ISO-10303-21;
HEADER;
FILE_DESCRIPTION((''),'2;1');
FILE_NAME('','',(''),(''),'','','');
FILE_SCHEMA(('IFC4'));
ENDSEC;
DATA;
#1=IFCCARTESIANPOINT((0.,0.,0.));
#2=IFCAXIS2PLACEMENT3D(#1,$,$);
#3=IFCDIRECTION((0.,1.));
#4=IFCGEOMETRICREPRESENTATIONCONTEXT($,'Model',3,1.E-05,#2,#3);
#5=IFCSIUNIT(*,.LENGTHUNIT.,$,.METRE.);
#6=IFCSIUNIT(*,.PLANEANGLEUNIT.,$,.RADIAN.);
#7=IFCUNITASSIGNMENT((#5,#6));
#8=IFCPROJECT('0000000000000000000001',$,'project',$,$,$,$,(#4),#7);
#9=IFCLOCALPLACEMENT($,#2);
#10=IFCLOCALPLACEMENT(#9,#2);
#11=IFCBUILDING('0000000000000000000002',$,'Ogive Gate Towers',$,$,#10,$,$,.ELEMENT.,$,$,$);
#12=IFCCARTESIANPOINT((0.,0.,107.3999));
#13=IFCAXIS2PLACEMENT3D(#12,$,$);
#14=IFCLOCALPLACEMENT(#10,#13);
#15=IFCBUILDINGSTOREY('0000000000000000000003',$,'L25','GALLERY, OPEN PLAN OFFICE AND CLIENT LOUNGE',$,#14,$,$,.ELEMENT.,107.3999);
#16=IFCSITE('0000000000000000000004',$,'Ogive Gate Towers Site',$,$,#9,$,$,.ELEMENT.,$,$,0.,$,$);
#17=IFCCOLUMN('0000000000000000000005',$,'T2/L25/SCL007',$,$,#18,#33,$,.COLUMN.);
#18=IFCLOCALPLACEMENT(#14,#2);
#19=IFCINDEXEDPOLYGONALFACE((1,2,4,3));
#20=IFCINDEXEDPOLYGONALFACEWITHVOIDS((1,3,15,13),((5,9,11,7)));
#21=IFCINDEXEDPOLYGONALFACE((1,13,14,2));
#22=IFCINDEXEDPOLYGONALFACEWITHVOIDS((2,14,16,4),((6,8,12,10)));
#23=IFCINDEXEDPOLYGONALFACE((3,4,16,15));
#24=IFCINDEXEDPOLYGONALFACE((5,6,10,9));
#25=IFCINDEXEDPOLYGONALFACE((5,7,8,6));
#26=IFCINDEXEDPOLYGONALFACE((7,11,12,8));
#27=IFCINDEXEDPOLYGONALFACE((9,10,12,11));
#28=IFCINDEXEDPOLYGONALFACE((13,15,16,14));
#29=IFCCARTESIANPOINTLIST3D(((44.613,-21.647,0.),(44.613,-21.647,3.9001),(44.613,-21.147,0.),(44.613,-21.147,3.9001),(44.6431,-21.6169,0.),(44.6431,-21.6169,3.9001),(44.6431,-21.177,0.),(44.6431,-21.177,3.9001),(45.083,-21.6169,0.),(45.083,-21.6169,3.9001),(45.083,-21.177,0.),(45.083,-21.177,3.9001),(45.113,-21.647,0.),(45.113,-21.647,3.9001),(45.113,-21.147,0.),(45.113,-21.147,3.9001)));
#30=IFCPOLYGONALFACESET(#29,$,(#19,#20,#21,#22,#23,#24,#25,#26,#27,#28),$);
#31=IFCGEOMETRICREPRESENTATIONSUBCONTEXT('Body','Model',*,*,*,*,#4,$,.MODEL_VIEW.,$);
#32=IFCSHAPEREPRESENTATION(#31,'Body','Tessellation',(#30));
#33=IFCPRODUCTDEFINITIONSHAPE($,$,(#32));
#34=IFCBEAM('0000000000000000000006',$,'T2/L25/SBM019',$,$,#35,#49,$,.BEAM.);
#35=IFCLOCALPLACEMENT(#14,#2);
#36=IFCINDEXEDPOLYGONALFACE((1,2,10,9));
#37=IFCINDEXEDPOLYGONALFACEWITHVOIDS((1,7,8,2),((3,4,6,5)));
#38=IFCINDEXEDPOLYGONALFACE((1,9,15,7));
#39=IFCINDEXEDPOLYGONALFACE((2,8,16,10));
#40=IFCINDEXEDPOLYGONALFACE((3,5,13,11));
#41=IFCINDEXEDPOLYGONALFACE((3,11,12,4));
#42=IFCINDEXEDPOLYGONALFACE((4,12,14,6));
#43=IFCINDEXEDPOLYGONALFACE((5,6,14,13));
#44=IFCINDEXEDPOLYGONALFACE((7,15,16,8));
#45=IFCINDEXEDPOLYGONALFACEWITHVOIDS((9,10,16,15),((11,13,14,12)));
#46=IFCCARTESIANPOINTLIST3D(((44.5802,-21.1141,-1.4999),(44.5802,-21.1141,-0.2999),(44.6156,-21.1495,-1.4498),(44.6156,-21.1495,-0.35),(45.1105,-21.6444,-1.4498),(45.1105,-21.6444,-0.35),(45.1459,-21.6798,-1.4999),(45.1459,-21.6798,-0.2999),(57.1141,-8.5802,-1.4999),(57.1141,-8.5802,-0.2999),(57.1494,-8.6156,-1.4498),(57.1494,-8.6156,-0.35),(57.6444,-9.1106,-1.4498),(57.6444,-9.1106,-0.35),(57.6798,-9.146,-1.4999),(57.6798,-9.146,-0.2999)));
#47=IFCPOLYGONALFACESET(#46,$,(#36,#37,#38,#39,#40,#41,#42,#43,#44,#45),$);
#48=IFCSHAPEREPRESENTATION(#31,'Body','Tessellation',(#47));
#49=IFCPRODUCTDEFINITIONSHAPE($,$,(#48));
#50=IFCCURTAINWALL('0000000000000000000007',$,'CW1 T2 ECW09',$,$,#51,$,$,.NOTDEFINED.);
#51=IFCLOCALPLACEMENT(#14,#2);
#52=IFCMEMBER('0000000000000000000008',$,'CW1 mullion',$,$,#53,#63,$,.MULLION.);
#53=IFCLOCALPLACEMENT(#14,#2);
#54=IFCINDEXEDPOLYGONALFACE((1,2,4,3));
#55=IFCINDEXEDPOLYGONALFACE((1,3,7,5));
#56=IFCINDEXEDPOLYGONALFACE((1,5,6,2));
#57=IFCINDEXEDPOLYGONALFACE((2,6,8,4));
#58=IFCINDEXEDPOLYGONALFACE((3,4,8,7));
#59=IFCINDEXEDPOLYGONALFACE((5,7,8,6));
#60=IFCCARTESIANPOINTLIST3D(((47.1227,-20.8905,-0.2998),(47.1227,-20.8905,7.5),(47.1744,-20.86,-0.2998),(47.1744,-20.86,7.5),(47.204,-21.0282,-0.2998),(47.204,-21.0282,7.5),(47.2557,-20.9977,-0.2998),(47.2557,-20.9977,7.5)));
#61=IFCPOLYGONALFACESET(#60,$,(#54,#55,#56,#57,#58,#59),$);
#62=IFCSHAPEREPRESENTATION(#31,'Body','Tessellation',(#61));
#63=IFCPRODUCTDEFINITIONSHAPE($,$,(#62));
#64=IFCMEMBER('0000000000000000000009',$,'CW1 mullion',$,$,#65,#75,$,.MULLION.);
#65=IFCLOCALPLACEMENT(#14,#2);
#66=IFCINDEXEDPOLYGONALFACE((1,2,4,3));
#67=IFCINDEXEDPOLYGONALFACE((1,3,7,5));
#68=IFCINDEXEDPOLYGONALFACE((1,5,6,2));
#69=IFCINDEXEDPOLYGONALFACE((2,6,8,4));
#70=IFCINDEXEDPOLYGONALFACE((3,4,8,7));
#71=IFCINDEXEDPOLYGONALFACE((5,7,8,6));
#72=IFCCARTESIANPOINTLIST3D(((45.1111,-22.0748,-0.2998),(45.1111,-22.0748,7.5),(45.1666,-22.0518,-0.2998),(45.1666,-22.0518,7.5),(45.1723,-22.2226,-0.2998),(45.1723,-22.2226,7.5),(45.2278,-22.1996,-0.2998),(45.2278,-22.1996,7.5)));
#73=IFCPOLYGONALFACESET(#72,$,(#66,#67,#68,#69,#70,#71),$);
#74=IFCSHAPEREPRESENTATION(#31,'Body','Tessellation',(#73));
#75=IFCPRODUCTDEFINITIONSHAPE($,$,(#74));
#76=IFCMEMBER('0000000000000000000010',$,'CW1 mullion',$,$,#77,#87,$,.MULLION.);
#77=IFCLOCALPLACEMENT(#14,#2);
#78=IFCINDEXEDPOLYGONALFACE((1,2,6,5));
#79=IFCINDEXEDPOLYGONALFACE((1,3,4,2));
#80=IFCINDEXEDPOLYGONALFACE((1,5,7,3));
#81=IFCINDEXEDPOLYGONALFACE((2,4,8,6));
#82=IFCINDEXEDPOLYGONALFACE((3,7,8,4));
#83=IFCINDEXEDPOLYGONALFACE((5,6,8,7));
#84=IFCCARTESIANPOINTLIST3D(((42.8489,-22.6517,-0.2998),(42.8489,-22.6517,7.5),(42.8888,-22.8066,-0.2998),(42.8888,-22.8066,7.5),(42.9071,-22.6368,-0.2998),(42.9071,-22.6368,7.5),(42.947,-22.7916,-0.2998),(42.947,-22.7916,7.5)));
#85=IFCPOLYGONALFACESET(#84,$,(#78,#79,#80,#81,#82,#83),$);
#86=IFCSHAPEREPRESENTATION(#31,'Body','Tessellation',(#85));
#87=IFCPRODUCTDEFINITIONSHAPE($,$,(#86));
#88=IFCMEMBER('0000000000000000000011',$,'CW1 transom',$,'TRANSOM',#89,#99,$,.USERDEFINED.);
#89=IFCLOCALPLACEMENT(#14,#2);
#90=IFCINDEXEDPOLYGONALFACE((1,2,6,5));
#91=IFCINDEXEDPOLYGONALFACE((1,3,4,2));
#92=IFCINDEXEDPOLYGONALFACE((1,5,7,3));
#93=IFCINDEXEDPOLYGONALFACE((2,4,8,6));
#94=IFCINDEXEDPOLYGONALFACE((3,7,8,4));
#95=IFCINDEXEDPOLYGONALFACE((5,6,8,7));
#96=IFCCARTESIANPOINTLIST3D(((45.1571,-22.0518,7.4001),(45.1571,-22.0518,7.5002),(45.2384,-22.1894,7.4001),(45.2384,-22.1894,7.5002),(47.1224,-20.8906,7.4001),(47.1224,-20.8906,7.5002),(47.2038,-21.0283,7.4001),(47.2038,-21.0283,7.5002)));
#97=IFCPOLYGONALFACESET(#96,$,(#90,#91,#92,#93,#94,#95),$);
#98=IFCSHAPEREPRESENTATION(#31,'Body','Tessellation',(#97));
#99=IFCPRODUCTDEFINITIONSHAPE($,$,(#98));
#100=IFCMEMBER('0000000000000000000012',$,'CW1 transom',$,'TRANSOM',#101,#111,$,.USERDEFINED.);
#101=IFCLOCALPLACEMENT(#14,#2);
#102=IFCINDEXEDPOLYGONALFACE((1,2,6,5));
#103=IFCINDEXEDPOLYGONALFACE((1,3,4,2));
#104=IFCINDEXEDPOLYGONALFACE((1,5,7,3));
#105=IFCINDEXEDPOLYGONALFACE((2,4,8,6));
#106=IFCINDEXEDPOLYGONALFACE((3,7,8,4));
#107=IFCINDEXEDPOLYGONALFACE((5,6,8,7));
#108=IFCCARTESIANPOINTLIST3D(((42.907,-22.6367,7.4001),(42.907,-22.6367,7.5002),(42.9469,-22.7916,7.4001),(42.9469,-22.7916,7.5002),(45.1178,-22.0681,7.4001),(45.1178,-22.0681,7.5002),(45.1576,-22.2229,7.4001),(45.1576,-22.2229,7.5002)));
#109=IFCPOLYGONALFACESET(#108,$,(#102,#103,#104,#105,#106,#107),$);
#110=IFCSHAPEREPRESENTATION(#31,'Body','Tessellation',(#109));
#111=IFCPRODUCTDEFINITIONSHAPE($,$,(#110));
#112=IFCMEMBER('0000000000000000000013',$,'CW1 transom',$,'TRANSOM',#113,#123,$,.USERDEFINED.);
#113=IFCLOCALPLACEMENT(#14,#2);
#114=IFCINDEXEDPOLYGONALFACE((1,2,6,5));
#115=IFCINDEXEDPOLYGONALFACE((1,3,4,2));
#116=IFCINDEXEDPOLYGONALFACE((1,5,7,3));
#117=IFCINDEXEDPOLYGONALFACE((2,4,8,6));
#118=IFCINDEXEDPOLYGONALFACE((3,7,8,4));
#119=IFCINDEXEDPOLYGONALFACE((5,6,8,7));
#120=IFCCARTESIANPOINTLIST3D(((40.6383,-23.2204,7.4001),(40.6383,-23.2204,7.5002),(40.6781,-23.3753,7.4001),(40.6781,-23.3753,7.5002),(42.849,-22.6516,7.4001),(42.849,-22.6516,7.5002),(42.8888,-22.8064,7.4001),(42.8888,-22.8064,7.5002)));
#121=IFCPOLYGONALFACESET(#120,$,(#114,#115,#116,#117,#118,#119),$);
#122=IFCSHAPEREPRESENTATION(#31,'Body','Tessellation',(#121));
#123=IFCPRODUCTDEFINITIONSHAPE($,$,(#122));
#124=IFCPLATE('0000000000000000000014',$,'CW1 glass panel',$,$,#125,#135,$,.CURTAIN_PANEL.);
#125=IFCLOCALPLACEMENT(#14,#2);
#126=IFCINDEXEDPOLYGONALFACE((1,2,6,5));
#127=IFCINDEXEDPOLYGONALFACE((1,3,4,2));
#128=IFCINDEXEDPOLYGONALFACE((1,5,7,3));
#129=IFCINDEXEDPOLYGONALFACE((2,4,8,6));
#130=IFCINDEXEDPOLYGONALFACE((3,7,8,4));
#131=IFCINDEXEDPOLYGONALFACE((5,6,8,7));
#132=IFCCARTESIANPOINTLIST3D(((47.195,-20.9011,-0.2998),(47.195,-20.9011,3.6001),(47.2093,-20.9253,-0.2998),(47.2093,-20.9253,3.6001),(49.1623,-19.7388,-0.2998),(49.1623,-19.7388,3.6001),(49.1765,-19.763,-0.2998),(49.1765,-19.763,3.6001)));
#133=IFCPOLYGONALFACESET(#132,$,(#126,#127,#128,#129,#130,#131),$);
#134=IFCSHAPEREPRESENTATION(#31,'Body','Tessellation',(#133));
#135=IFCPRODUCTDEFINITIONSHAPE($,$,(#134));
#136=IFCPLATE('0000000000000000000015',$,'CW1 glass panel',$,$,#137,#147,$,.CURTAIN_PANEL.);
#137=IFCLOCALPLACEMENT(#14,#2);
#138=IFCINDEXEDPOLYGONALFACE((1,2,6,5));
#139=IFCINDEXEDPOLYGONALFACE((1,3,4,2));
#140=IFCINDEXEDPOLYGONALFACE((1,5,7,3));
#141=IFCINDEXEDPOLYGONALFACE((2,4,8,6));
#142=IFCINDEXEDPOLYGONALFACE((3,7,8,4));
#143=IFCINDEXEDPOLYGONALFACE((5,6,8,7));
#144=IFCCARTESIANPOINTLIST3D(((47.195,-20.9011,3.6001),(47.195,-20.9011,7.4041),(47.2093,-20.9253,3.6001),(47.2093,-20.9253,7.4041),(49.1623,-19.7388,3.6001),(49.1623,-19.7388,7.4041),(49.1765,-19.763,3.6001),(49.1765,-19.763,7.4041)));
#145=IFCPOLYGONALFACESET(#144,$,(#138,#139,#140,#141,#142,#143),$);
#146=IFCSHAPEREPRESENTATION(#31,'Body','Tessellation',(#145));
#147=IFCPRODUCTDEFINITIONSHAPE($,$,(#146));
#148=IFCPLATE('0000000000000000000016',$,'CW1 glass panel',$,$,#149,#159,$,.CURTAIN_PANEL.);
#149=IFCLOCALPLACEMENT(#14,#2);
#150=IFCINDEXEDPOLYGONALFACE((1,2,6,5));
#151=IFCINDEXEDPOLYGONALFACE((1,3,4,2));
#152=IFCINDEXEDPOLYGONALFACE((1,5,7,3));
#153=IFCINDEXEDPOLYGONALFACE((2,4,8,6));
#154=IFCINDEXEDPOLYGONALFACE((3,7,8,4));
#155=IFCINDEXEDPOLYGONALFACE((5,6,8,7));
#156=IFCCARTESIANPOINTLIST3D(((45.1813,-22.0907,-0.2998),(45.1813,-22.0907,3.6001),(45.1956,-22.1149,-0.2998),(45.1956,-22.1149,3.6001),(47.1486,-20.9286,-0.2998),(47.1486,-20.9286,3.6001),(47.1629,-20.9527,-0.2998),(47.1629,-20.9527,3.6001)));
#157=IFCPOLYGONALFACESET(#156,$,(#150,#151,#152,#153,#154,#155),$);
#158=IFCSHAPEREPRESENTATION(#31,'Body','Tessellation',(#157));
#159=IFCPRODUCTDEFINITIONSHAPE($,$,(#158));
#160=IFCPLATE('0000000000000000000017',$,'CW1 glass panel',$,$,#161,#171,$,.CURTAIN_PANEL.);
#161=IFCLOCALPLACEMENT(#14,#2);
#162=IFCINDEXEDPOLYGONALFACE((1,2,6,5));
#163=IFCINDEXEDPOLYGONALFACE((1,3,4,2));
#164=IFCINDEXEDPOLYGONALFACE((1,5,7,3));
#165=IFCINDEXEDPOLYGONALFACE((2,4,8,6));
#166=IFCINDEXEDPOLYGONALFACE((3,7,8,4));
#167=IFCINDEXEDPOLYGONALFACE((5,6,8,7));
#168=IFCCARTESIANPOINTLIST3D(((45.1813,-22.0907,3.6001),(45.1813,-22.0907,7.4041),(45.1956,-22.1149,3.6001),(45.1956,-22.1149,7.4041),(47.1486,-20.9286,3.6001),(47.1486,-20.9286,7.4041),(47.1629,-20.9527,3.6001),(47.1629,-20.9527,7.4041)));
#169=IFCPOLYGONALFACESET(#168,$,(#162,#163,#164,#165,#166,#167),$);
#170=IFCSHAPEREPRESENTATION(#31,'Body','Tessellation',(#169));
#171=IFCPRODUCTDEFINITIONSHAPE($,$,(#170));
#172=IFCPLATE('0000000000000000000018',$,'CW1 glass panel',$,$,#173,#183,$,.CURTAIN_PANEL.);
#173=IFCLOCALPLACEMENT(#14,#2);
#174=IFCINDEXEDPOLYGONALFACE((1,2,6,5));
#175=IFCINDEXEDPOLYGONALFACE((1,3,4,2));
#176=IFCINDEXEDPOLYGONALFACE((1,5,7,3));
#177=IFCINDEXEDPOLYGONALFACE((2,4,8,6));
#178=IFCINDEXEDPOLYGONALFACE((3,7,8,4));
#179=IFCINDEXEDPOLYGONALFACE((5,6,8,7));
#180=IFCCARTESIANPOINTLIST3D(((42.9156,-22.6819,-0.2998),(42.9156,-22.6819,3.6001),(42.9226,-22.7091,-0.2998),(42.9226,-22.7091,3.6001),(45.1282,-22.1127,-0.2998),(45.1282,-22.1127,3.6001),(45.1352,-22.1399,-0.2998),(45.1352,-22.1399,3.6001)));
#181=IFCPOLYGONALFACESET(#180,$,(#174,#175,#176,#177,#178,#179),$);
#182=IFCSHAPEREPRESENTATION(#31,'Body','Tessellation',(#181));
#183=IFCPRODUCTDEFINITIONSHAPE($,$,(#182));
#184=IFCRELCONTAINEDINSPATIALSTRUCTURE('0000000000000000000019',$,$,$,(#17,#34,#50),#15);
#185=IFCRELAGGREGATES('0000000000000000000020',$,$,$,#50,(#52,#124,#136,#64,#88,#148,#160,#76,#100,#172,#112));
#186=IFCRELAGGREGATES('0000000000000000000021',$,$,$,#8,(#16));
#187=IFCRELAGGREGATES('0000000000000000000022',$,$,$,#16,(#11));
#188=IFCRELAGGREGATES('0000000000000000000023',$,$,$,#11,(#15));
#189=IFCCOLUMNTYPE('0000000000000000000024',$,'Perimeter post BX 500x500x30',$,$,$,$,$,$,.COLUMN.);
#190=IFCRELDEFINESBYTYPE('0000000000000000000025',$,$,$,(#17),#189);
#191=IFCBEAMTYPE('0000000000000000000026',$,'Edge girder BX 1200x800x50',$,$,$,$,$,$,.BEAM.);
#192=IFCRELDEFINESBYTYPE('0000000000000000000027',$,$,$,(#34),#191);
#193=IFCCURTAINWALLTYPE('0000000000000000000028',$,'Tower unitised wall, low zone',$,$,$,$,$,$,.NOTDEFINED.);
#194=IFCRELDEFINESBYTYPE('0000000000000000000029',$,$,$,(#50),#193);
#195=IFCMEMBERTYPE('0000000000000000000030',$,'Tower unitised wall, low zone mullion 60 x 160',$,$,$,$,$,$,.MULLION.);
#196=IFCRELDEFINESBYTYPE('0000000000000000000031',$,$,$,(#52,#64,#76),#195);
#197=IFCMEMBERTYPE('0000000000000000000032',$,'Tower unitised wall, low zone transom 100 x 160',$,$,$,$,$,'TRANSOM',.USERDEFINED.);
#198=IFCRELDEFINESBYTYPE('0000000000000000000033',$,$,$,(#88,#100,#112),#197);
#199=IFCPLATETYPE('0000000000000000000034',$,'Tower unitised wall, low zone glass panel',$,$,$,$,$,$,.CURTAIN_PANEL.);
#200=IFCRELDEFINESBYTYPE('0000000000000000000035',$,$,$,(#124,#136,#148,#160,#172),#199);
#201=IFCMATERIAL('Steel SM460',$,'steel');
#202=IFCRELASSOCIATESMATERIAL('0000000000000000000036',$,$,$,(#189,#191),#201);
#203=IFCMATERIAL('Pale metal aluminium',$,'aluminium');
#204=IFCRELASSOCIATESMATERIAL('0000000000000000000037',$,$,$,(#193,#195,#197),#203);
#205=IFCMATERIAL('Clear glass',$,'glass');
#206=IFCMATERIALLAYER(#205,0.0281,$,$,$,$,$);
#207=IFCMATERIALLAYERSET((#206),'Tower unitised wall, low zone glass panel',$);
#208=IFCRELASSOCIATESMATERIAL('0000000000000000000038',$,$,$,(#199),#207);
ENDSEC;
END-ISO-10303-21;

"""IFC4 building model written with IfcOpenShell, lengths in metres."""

from ifc_helpers import new_model, si_unit, direction, frame, origin, origin_2d, place, context, subcontext, project, spatial, rectangle, hollow_rectangle, extrude, material, layer, layer_set, material_profile, profile_set, type_object, element, aggregate, save


model = new_model("IFC4")

# Units and contexts
model_context = context("Model", 3, precision=1e-05, world=origin(), true_north=direction((0.0, 1.0)))
body_context = subcontext(model_context, "Body", "Model", "MODEL_VIEW")
ifc_project = project(units=[si_unit("LENGTHUNIT", "METRE"), si_unit("PLANEANGLEUNIT", "RADIAN")], contexts=[model_context])

# Site, building, storey
site_placement = place(None, origin())
site = spatial("IfcSite", under=ifc_project, at=site_placement, Name="Ogive Gate Towers Site", CompositionType="ELEMENT", RefElevation=0.0)
building_placement = place(site_placement, origin())
building = spatial("IfcBuilding", under=site, at=building_placement, Name="Ogive Gate Towers", CompositionType="ELEMENT")
storey_placement = place(building_placement, frame((0.0, 0.0, 107.3999)))
storey = spatial("IfcBuildingStorey", under=building, at=storey_placement, Name="L25", Description="GALLERY, OPEN PLAN OFFICE AND CLIENT LOUNGE", CompositionType="ELEMENT", Elevation=107.3999)

# Column
ifc_material_1 = material(Name="Steel SM460", Category="steel")
ifc_material_profile_1 = material_profile(ifc_material_1, hollow_rectangle(XDim=0.5, YDim=0.5, WallThickness=0.03, at=origin_2d()), Name="BX 500x500x30")
ifc_profile_set_1 = profile_set([ifc_material_profile_1], Name="Steel SM460")
column_type = type_object("IfcColumnType", Name="Perimeter post BX 500x500x30", PredefinedType="COLUMN", material=ifc_profile_set_1)
column_placement = place(storey_placement, frame((44.863, -21.397, 0.0), z_axis=(0.0, 0.0, 1.0), x_axis=(1.0, 0.0, 0.0)))
element("IfcColumn", 1, at=column_placement, inside=storey, type_object=column_type, Name="T2/L25/SCL007", PredefinedType="COLUMN", context=body_context, shape_type="SweptSolid", body=[
    extrude(hollow_rectangle(XDim=0.5, YDim=0.5, WallThickness=0.03, at=origin_2d()), origin(), (0.0, 0.0, 1.0), 3.9001),
])

# Beam
ifc_material_profile_2 = material_profile(ifc_material_1, hollow_rectangle(XDim=0.8, YDim=1.2, WallThickness=0.05, at=origin_2d()), Name="BX 1200x800x50")
ifc_profile_set_2 = profile_set([ifc_material_profile_2], Name="Steel SM460")
beam_type = type_object("IfcBeamType", Name="Edge girder BX 1200x800x50", PredefinedType="BEAM", material=ifc_profile_set_2)
beam_placement = place(storey_placement, frame((44.863, -21.397, -0.8999), z_axis=(0.707107, 0.707107, 0.0), x_axis=(-0.707107, 0.707107, 0.0)))
element("IfcBeam", 2, at=beam_placement, inside=storey, type_object=beam_type, Name="T2/L25/SBM019", PredefinedType="BEAM", context=body_context, shape_type="SweptSolid", body=[
    extrude(hollow_rectangle(XDim=0.8, YDim=1.2, WallThickness=0.05, at=origin_2d()), origin(), (0.0, 0.0, 1.0), 17.7256),
])

# Curtain wall, members, plates
ifc_material_2 = material(Name="Pale metal aluminium", Category="aluminium")
curtain_wall_type = type_object("IfcCurtainWallType", Name="Tower unitised wall, low zone", PredefinedType="NOTDEFINED", material=ifc_material_2)
curtain_wall_placement = place(storey_placement, origin())
curtain_wall = element("IfcCurtainWall", 3, at=curtain_wall_placement, inside=storey, type_object=curtain_wall_type, Name="CW1 T2 ECW09", PredefinedType="NOTDEFINED")
ifc_material_profile_3 = material_profile(ifc_material_2, rectangle(XDim=0.1599, YDim=0.0601, at=origin_2d()), Name="60 x 160 aluminium box")
ifc_profile_set_3 = profile_set([ifc_material_profile_3], Name="Pale metal aluminium")
member_type_1 = type_object("IfcMemberType", Name="Tower unitised wall, low zone mullion 60 x 160", PredefinedType="MULLION", material=ifc_profile_set_3)
member_1_placement = place(storey_placement, frame((47.1892, -20.9441, -0.2998), z_axis=(0.0, 0.0, 1.0), x_axis=(-0.508651, 0.860973, 0.0)))
member_1 = element("IfcMember", 4, at=member_1_placement, type_object=member_type_1, Name="CW1 mullion", PredefinedType="MULLION", context=body_context, shape_type="SweptSolid", body=[
    extrude(rectangle(XDim=0.1599, YDim=0.0601, at=origin_2d()), origin(), (0.0, 0.0, 1.0), 7.7998),
])
member_2_placement = place(storey_placement, frame((45.1694, -22.1372, -0.2998), z_axis=(0.0, 0.0, 1.0), x_axis=(-0.382667, 0.923886, 0.0)))
member_2 = element("IfcMember", 5, at=member_2_placement, type_object=member_type_1, Name="CW1 mullion", PredefinedType="MULLION", context=body_context, shape_type="SweptSolid", body=[
    extrude(rectangle(XDim=0.1599, YDim=0.0601, at=origin_2d()), origin(), (0.0, 0.0, 1.0), 7.7998),
])
member_3_placement = place(storey_placement, frame((42.8979, -22.7217, -0.2998), z_axis=(0.0, 0.0, 1.0), x_axis=(-0.249129, 0.96847, 0.0)))
member_3 = element("IfcMember", 6, at=member_3_placement, type_object=member_type_1, Name="CW1 mullion", PredefinedType="MULLION", context=body_context, shape_type="SweptSolid", body=[
    extrude(rectangle(XDim=0.1599, YDim=0.0601, at=origin_2d()), origin(), (0.0, 0.0, 1.0), 7.7998),
])
ifc_material_profile_4 = material_profile(ifc_material_2, rectangle(XDim=0.1599, YDim=0.1001, at=origin_2d()), Name="100 x 160 aluminium box")
ifc_profile_set_4 = profile_set([ifc_material_profile_4], Name="Pale metal aluminium")
member_type_2 = type_object("IfcMemberType", Name="Tower unitised wall, low zone transom 100 x 160", ElementType="TRANSOM", PredefinedType="USERDEFINED", material=ifc_profile_set_4)
member_4_placement = place(storey_placement, frame((47.1631, -20.9595, 7.4502), z_axis=(-0.860965, -0.508664, 0.0), x_axis=(0.508664, -0.860965, 0.0)))
member_4 = element("IfcMember", 7, at=member_4_placement, type_object=member_type_2, Name="CW1 transom", ObjectType="TRANSOM", PredefinedType="USERDEFINED", context=body_context, shape_type="SweptSolid", body=[
    extrude(rectangle(XDim=0.1599, YDim=0.1001, at=origin_2d()), origin(), (0.0, 0.0, 1.0), 2.2827),
])
member_5_placement = place(storey_placement, frame((45.1377, -22.1455, 7.4502), z_axis=(-0.968478, -0.249098, 0.0), x_axis=(0.249098, -0.968478, 0.0)))
member_5 = element("IfcMember", 8, at=member_5_placement, type_object=member_type_2, Name="CW1 transom", ObjectType="TRANSOM", PredefinedType="USERDEFINED", context=body_context, shape_type="SweptSolid", body=[
    extrude(rectangle(XDim=0.1599, YDim=0.1001, at=origin_2d()), origin(), (0.0, 0.0, 1.0), 2.2827),
])
member_6_placement = place(storey_placement, frame((42.8689, -22.729, 7.4502), z_axis=(-0.968452, -0.249199, 0.0), x_axis=(0.249199, -0.968452, 0.0)))
member_6 = element("IfcMember", 9, at=member_6_placement, type_object=member_type_2, Name="CW1 transom", ObjectType="TRANSOM", PredefinedType="USERDEFINED", context=body_context, shape_type="SweptSolid", body=[
    extrude(rectangle(XDim=0.1599, YDim=0.1001, at=origin_2d()), origin(), (0.0, 0.0, 1.0), 2.2827),
])
ifc_material_3 = material(Name="Clear glass", Category="glass")
ifc_layer_1 = layer(ifc_material_3, 0.0281)
ifc_layer_set_1 = layer_set([ifc_layer_1], Name="Tower unitised wall, low zone glass panel")
plate_type = type_object("IfcPlateType", Name="Tower unitised wall, low zone glass panel", PredefinedType="CURTAIN_PANEL", material=ifc_layer_set_1)
plate_1_placement = place(storey_placement, frame((48.1858, -20.332, -0.2998), z_axis=(0.0, 0.0, 1.0), x_axis=(-0.860955, -0.508681, 0.0)))
plate_1 = element("IfcPlate", 10, at=plate_1_placement, type_object=plate_type, Name="CW1 glass panel", PredefinedType="CURTAIN_PANEL", context=body_context, shape_type="SweptSolid", body=[
    extrude(rectangle(XDim=2.2849, YDim=0.0281, at=origin_2d()), origin(), (0.0, 0.0, 1.0), 3.8999),
])
plate_2_placement = place(storey_placement, frame((48.1858, -20.332, 3.6001), z_axis=(0.0, 0.0, 1.0), x_axis=(-0.860955, -0.508681, 0.0)))
plate_2 = element("IfcPlate", 11, at=plate_2_placement, type_object=plate_type, Name="CW1 glass panel", PredefinedType="CURTAIN_PANEL", context=body_context, shape_type="SweptSolid", body=[
    extrude(rectangle(XDim=2.2849, YDim=0.0281, at=origin_2d()), origin(), (0.0, 0.0, 1.0), 3.804),
])
plate_3_placement = place(storey_placement, frame((46.1721, -21.5217, -0.2998), z_axis=(0.0, 0.0, 1.0), x_axis=(-0.860991, -0.508621, 0.0)))
plate_3 = element("IfcPlate", 12, at=plate_3_placement, type_object=plate_type, Name="CW1 glass panel", PredefinedType="CURTAIN_PANEL", context=body_context, shape_type="SweptSolid", body=[
    extrude(rectangle(XDim=2.2849, YDim=0.0281, at=origin_2d()), origin(), (0.0, 0.0, 1.0), 3.8999),
])
plate_4_placement = place(storey_placement, frame((46.1721, -21.5217, 3.6001), z_axis=(0.0, 0.0, 1.0), x_axis=(-0.860991, -0.508621, 0.0)))
plate_4 = element("IfcPlate", 13, at=plate_4_placement, type_object=plate_type, Name="CW1 glass panel", PredefinedType="CURTAIN_PANEL", context=body_context, shape_type="SweptSolid", body=[
    extrude(rectangle(XDim=2.2849, YDim=0.0281, at=origin_2d()), origin(), (0.0, 0.0, 1.0), 3.804),
])
plate_5_placement = place(storey_placement, frame((44.0254, -22.4109, -0.2998), z_axis=(0.0, 0.0, 1.0), x_axis=(-0.968475, -0.249112, 0.0)))
plate_5 = element("IfcPlate", 14, at=plate_5_placement, type_object=plate_type, Name="CW1 glass panel", PredefinedType="CURTAIN_PANEL", context=body_context, shape_type="SweptSolid", body=[
    extrude(rectangle(XDim=2.2847, YDim=0.0281, at=origin_2d()), origin(), (0.0, 0.0, 1.0), 3.8999),
])
aggregate(curtain_wall, [member_1, plate_1, plate_2, member_2, member_4, plate_3, plate_4, member_3, member_5, plate_5, member_6])

save(model, "model.ifc")
